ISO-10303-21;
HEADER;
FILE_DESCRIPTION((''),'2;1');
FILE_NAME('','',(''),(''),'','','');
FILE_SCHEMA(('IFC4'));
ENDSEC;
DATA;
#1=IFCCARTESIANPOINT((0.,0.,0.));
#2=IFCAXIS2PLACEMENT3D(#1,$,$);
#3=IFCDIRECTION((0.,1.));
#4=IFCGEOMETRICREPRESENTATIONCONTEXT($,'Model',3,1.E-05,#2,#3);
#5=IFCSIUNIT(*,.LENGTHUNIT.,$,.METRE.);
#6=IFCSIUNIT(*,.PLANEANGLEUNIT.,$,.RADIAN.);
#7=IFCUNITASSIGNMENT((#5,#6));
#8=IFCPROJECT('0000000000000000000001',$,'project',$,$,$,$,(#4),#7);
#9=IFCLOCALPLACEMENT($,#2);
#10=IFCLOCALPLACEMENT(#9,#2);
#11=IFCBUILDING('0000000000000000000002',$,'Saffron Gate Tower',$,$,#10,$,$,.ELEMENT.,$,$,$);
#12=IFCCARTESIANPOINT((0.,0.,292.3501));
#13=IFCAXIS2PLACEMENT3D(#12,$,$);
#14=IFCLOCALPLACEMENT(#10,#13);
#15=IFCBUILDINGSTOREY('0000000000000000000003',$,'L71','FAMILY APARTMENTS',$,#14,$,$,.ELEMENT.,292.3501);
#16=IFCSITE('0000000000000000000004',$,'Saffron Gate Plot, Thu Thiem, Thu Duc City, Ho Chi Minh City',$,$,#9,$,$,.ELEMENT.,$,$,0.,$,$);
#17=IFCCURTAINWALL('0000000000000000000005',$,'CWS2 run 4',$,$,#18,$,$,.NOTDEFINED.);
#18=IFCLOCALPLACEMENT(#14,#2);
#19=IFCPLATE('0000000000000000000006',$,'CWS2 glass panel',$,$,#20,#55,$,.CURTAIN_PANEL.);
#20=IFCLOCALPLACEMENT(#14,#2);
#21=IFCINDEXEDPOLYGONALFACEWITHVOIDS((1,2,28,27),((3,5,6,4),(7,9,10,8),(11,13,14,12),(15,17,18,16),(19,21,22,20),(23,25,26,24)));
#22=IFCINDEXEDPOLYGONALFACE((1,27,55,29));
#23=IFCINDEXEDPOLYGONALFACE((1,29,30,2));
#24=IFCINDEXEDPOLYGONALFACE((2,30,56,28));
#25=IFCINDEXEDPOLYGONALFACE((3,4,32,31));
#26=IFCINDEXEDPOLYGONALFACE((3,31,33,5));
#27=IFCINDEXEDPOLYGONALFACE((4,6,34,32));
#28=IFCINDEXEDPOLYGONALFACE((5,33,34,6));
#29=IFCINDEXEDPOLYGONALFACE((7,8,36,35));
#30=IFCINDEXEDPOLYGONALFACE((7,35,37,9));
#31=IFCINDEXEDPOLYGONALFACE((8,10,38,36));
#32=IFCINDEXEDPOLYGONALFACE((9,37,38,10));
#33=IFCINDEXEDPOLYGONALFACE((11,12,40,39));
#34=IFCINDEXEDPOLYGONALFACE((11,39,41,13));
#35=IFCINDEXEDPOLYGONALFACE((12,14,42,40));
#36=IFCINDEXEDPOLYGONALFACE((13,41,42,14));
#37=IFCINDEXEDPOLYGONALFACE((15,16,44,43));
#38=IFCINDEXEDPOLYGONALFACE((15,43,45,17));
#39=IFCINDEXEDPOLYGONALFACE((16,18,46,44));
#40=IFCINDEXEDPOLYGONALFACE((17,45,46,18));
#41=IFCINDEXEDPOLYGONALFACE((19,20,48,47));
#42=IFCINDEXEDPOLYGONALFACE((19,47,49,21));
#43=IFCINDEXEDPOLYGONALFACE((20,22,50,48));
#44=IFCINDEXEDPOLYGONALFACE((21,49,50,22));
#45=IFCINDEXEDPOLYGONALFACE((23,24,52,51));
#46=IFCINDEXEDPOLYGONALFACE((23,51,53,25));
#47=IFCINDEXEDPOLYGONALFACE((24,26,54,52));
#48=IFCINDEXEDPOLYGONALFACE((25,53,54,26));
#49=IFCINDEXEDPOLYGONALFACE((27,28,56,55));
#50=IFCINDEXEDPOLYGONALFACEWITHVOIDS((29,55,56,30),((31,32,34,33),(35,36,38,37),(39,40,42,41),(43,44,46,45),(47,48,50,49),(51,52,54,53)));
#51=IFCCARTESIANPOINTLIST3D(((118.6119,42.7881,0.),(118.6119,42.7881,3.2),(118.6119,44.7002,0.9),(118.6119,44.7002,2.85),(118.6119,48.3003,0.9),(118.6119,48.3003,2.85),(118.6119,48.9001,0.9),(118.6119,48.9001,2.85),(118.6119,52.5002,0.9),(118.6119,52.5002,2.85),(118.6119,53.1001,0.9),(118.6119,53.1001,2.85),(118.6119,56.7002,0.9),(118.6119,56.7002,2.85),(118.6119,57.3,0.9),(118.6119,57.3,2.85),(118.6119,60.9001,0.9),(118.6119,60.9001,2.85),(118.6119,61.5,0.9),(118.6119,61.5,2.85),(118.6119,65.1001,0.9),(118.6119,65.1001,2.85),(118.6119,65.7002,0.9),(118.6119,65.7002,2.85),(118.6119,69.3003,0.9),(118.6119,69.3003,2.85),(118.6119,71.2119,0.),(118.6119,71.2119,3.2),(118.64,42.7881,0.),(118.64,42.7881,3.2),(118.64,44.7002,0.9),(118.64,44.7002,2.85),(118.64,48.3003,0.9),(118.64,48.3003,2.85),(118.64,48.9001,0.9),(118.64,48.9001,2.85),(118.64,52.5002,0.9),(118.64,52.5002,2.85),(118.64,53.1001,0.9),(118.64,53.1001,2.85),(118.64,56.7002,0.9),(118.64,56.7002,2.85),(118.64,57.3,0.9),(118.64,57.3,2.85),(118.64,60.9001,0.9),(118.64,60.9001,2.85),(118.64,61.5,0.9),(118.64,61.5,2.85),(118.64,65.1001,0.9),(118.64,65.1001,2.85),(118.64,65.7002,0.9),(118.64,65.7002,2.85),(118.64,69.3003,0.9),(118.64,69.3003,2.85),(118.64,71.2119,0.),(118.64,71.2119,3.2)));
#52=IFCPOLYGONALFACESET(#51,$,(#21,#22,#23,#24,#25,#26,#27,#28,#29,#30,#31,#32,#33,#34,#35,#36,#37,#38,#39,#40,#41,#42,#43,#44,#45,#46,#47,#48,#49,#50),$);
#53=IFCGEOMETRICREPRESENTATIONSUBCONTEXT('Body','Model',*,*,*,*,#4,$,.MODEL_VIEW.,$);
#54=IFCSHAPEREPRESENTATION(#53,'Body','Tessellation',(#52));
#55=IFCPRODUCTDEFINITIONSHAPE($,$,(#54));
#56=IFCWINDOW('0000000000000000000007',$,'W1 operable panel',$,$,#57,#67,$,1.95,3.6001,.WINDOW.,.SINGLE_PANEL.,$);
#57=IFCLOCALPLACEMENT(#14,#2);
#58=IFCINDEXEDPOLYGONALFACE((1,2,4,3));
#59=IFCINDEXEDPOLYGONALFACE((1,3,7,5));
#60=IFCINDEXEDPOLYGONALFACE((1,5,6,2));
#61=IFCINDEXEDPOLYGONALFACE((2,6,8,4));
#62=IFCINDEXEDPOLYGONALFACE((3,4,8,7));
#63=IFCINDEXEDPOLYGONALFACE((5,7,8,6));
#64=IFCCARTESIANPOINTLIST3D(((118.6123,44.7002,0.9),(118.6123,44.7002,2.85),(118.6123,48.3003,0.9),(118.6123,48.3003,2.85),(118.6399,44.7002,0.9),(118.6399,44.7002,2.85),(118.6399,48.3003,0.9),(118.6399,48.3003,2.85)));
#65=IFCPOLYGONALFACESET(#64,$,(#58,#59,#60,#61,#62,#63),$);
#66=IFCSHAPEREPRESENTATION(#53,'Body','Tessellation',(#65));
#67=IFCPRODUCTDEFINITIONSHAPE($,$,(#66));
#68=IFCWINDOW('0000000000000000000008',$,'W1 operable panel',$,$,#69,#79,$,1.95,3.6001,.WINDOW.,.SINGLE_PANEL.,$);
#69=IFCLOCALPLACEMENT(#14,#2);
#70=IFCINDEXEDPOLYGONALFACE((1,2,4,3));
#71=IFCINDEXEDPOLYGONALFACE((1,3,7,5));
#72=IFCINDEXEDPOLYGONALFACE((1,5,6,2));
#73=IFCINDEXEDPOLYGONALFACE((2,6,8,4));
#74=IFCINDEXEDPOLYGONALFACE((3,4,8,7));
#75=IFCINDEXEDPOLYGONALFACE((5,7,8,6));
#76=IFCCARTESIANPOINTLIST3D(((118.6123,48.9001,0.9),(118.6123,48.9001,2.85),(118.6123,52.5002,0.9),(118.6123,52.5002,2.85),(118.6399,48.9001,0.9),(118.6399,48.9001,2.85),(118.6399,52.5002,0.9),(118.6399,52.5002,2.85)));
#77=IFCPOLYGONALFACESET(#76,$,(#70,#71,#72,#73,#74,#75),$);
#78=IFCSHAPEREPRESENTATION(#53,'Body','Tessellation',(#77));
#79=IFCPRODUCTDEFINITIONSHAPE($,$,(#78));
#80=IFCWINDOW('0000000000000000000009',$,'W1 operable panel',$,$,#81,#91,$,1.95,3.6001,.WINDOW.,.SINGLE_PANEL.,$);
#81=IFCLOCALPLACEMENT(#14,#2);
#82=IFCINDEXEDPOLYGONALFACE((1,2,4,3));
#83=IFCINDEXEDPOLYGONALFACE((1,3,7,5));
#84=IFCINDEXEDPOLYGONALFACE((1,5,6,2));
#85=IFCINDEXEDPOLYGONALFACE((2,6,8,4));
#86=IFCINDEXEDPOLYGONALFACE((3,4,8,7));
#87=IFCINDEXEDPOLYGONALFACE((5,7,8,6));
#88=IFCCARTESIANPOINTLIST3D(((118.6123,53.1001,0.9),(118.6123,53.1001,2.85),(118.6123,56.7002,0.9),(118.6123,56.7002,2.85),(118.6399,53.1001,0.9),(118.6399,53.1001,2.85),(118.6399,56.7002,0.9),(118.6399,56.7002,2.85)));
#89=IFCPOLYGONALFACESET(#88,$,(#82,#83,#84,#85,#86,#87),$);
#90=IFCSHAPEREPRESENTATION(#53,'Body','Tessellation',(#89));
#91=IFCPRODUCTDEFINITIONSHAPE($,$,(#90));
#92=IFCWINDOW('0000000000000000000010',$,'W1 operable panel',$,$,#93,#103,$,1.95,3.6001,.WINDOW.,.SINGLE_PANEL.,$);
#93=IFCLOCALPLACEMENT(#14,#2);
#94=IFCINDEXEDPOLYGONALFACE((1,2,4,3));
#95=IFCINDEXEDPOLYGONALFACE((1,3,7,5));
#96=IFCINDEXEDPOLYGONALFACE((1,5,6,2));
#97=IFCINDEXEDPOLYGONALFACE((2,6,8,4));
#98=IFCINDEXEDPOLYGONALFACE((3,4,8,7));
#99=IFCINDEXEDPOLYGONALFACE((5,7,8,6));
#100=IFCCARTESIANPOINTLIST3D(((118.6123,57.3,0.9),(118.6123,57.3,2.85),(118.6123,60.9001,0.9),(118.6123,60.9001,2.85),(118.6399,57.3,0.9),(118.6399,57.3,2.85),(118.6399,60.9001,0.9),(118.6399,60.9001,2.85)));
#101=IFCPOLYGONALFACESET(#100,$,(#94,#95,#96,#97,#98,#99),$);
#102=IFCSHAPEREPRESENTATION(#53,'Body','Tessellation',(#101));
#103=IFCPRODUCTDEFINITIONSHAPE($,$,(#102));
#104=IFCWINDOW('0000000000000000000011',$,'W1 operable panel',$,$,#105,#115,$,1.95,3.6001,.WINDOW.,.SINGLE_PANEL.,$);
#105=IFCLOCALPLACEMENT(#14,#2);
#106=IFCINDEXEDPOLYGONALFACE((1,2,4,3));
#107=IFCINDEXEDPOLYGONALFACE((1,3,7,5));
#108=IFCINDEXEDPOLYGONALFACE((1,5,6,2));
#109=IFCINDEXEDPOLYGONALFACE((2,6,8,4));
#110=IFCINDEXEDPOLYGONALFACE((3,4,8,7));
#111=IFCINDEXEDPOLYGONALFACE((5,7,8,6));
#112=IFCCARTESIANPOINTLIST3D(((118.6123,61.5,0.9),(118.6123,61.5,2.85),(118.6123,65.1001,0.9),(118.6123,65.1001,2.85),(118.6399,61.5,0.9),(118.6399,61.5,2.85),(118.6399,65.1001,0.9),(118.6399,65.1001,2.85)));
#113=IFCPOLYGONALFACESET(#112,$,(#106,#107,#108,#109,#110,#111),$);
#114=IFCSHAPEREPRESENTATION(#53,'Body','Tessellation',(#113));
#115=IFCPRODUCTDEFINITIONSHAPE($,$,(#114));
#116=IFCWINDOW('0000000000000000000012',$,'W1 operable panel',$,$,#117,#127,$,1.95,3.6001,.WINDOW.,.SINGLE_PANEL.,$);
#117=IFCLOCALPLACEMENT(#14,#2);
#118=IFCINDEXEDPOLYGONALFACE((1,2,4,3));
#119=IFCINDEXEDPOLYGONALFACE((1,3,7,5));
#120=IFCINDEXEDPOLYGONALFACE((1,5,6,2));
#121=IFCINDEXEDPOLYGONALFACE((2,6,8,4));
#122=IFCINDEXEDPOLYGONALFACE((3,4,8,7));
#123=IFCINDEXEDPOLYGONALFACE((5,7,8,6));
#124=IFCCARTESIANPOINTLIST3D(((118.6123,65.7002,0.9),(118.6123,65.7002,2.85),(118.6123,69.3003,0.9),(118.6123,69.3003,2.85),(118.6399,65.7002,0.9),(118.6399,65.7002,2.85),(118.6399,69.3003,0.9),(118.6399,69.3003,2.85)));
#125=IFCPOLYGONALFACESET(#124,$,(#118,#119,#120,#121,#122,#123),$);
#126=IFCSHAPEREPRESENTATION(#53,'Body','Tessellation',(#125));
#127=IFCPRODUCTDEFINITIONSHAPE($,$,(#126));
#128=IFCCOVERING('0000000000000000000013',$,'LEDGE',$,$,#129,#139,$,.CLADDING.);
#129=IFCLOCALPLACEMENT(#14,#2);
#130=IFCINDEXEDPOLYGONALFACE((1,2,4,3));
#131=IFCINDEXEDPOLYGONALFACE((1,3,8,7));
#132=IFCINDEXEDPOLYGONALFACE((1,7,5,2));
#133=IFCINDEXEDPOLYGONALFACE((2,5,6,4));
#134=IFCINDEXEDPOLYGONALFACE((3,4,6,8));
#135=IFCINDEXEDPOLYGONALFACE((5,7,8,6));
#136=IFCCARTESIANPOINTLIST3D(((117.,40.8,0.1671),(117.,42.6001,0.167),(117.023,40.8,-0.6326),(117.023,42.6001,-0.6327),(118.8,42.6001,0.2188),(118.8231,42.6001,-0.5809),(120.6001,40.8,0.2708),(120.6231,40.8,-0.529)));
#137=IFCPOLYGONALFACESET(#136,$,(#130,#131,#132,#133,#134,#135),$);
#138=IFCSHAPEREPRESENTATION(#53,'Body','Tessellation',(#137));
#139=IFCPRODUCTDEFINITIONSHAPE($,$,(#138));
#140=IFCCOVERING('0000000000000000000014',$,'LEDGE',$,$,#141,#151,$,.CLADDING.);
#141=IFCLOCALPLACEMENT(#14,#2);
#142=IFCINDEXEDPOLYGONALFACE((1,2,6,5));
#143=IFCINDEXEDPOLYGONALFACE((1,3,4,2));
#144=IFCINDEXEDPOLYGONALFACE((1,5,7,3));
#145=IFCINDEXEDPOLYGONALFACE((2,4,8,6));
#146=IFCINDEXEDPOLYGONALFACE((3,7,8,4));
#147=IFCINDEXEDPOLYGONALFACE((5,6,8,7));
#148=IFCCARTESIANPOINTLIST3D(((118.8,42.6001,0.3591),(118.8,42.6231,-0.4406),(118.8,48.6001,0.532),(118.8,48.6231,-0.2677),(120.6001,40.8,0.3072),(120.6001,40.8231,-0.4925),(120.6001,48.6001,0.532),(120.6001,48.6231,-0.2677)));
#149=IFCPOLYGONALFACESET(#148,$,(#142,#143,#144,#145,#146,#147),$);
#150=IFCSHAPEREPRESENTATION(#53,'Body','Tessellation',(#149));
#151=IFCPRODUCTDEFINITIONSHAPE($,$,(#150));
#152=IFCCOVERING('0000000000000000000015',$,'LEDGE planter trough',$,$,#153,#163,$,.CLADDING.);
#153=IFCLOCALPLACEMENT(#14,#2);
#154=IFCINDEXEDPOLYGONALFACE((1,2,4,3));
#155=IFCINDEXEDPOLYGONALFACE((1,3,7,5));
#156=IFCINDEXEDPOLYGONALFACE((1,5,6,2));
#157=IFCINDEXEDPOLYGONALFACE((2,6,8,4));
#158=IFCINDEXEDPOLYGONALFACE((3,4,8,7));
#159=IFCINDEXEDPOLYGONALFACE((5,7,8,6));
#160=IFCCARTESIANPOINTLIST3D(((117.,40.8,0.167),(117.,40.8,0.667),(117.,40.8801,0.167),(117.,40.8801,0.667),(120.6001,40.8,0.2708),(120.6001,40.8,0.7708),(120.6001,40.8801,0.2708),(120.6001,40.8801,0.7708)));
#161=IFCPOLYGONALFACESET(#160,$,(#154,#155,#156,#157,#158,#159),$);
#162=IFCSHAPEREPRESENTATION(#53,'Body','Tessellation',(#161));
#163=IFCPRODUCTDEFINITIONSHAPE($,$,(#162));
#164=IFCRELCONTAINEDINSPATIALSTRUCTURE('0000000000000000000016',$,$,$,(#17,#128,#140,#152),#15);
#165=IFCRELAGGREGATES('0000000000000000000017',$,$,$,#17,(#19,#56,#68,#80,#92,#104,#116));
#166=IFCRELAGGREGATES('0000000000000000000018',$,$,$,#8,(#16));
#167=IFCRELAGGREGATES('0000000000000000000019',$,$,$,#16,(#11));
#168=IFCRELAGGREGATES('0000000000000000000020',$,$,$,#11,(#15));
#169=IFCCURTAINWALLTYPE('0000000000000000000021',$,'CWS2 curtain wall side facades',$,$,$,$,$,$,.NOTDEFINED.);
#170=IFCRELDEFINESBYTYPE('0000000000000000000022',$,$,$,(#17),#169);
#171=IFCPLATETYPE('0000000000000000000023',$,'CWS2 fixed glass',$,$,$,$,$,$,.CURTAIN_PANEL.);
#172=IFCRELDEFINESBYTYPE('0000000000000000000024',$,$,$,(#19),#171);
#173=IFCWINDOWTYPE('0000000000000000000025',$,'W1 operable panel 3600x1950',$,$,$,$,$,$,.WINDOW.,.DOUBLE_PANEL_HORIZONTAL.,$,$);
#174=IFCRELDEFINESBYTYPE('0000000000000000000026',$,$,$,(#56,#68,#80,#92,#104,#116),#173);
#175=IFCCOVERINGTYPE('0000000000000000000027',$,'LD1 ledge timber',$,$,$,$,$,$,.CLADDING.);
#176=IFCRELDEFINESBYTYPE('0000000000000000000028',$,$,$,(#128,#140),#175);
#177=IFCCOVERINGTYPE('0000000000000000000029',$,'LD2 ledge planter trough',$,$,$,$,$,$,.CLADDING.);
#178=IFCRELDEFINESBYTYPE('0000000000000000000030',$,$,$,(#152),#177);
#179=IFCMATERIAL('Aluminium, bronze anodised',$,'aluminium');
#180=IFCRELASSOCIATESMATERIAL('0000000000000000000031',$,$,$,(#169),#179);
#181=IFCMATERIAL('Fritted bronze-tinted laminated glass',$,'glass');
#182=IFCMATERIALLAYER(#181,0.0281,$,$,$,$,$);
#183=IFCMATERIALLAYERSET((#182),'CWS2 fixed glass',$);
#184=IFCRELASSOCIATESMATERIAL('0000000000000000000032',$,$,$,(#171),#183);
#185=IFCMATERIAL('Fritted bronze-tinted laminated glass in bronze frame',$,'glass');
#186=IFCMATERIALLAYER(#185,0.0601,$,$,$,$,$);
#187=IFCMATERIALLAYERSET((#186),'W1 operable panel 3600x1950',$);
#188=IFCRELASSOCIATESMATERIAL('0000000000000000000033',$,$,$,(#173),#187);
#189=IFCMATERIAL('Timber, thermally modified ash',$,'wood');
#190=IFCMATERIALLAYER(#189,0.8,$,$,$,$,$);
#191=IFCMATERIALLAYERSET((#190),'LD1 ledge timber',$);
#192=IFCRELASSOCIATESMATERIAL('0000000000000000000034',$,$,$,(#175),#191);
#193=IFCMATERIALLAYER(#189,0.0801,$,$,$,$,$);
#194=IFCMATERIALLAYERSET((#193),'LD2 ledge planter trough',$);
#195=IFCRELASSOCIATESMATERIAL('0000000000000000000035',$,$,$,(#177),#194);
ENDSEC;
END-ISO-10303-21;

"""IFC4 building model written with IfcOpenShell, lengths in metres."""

from ifc_helpers import new_model, si_unit, direction, frame, frame_2d, origin, place, context, subcontext, project, spatial, polyline, rectangle, outline, extrude, material, layer, layer_set, type_object, element, fill, aggregate, save


model = new_model("IFC4")

# Units and contexts
model_context = context("Model", 3, precision=1e-05, world=origin(), true_north=direction((0.0, 1.0)))
body_context = subcontext(model_context, "Body", "Model", "MODEL_VIEW")
ifc_project = project(units=[si_unit("LENGTHUNIT", "METRE"), si_unit("PLANEANGLEUNIT", "RADIAN")], contexts=[model_context])

# Site, building, storey
site_placement = place(None, origin())
site = spatial("IfcSite", under=ifc_project, at=site_placement, Name="Saffron Gate Plot, Thu Thiem, Thu Duc City, Ho Chi Minh City", CompositionType="ELEMENT", RefElevation=0.0)
building_placement = place(site_placement, origin())
building = spatial("IfcBuilding", under=site, at=building_placement, Name="Saffron Gate Tower", CompositionType="ELEMENT")
storey_placement = place(building_placement, frame((0.0, 0.0, 292.3501)))
storey = spatial("IfcBuildingStorey", under=building, at=storey_placement, Name="L71", Description="FAMILY APARTMENTS", CompositionType="ELEMENT", Elevation=292.3501)

# Curtain wall
ifc_material_1 = material(Name="Aluminium, bronze anodised", Category="aluminium")
curtain_wall_type_1 = type_object("IfcCurtainWallType", Name="CWS2 curtain wall side facades", PredefinedType="NOTDEFINED", material=ifc_material_1)
curtain_wall_1_placement = place(storey_placement, origin())
curtain_wall_1 = element("IfcCurtainWall", 1, at=curtain_wall_1_placement, inside=storey, type_object=curtain_wall_type_1, Name="CWS2 run 4", PredefinedType="NOTDEFINED")

# Plate, openings, windows
ifc_material_2 = material(Name="Fritted bronze-tinted laminated glass", Category="glass")
ifc_layer_1 = layer(ifc_material_2, 0.0281)
ifc_layer_set_1 = layer_set([ifc_layer_1], Name="CWS2 fixed glass")
plate_type = type_object("IfcPlateType", Name="CWS2 fixed glass", PredefinedType="CURTAIN_PANEL", material=ifc_layer_set_1)
plate_placement = place(storey_placement, frame((118.626, 42.7881, 0.0), z_axis=(0.0, 0.0, 1.0), x_axis=(0.0, 1.0, 0.0)))
plate = element("IfcPlate", 2, at=plate_placement, type_object=plate_type, Name="CWS2 glass panel", PredefinedType="CURTAIN_PANEL", context=body_context, shape_type="SweptSolid", body=[
    extrude(rectangle(XDim=28.4238, YDim=0.0281, at=frame_2d((14.2119, 0.0))), origin(), (0.0, 0.0, 1.0), 3.2),
])
opening_1_placement = place(plate_placement, frame((1.9121, 0.0, 0.8999)))
opening_1 = element("IfcOpeningElement", 3, at=opening_1_placement, cuts=plate, PredefinedType="OPENING", context=body_context, shape_type="SweptSolid", body=[
    extrude(rectangle(XDim=3.6001, YDim=1.95, at=frame_2d((1.8, 0.9751))), frame((0.0, 0.0239, 0.0), z_axis=(0.0, -1.0, 0.0), x_axis=(1.0, 0.0, 0.0)), (0.0, 0.0, 1.0), 0.0481),
])
opening_2_placement = place(plate_placement, frame((6.1121, 0.0, 0.8999)))
opening_2 = element("IfcOpeningElement", 4, at=opening_2_placement, cuts=plate, PredefinedType="OPENING", context=body_context, shape_type="SweptSolid", body=[
    extrude(rectangle(XDim=3.6001, YDim=1.95, at=frame_2d((1.8, 0.9751))), frame((0.0, 0.0239, 0.0), z_axis=(0.0, -1.0, 0.0), x_axis=(1.0, 0.0, 0.0)), (0.0, 0.0, 1.0), 0.0481),
])
opening_3_placement = place(plate_placement, frame((10.312, 0.0, 0.8999)))
opening_3 = element("IfcOpeningElement", 5, at=opening_3_placement, cuts=plate, PredefinedType="OPENING", context=body_context, shape_type="SweptSolid", body=[
    extrude(rectangle(XDim=3.6001, YDim=1.95, at=frame_2d((1.8, 0.9751))), frame((0.0, 0.0239, 0.0), z_axis=(0.0, -1.0, 0.0), x_axis=(1.0, 0.0, 0.0)), (0.0, 0.0, 1.0), 0.0481),
])
opening_4_placement = place(plate_placement, frame((14.512, 0.0, 0.8999)))
opening_4 = element("IfcOpeningElement", 6, at=opening_4_placement, cuts=plate, PredefinedType="OPENING", context=body_context, shape_type="SweptSolid", body=[
    extrude(rectangle(XDim=3.6001, YDim=1.95, at=frame_2d((1.8, 0.9751))), frame((0.0, 0.0239, 0.0), z_axis=(0.0, -1.0, 0.0), x_axis=(1.0, 0.0, 0.0)), (0.0, 0.0, 1.0), 0.0481),
])
opening_5_placement = place(plate_placement, frame((18.7119, 0.0, 0.8999)))
opening_5 = element("IfcOpeningElement", 7, at=opening_5_placement, cuts=plate, PredefinedType="OPENING", context=body_context, shape_type="SweptSolid", body=[
    extrude(rectangle(XDim=3.6001, YDim=1.95, at=frame_2d((1.8, 0.9751))), frame((0.0, 0.0239, 0.0), z_axis=(0.0, -1.0, 0.0), x_axis=(1.0, 0.0, 0.0)), (0.0, 0.0, 1.0), 0.0481),
])
opening_6_placement = place(plate_placement, frame((22.9121, 0.0, 0.8999)))
opening_6 = element("IfcOpeningElement", 8, at=opening_6_placement, cuts=plate, PredefinedType="OPENING", context=body_context, shape_type="SweptSolid", body=[
    extrude(rectangle(XDim=3.6001, YDim=1.95, at=frame_2d((1.8, 0.9751))), frame((0.0, 0.0239, 0.0), z_axis=(0.0, -1.0, 0.0), x_axis=(1.0, 0.0, 0.0)), (0.0, 0.0, 1.0), 0.0481),
])
ifc_material_3 = material(Name="Fritted bronze-tinted laminated glass in bronze frame", Category="glass")
ifc_layer_2 = layer(ifc_material_3, 0.0601)
ifc_layer_set_2 = layer_set([ifc_layer_2], Name="W1 operable panel 3600x1950")
window_type = type_object("IfcWindowType", Name="W1 operable panel 3600x1950", PartitioningType="DOUBLE_PANEL_HORIZONTAL", PredefinedType="WINDOW", material=ifc_layer_set_2)
window_1_placement = place(opening_1_placement, origin())
window_1 = element("IfcWindow", 9, at=window_1_placement, type_object=window_type, Name="W1 operable panel", OverallHeight=1.95, OverallWidth=3.6001, PartitioningType="SINGLE_PANEL", PredefinedType="WINDOW", context=body_context, shape_type="SweptSolid", body=[
    extrude(rectangle(XDim=3.6001, YDim=1.95, at=frame_2d((1.8, 0.9751))), frame((0.0, 0.0137, 0.0), z_axis=(0.0, -1.0, 0.0), x_axis=(1.0, 0.0, 0.0)), (0.0, 0.0, 1.0), 0.0276),
])
fill(opening_1, window_1)
window_2_placement = place(opening_2_placement, origin())
window_2 = element("IfcWindow", 10, at=window_2_placement, type_object=window_type, Name="W1 operable panel", OverallHeight=1.95, OverallWidth=3.6001, PartitioningType="SINGLE_PANEL", PredefinedType="WINDOW", context=body_context, shape_type="SweptSolid", body=[
    extrude(rectangle(XDim=3.6001, YDim=1.95, at=frame_2d((1.8, 0.9751))), frame((0.0, 0.0137, 0.0), z_axis=(0.0, -1.0, 0.0), x_axis=(1.0, 0.0, 0.0)), (0.0, 0.0, 1.0), 0.0276),
])
fill(opening_2, window_2)
window_3_placement = place(opening_3_placement, origin())
window_3 = element("IfcWindow", 11, at=window_3_placement, type_object=window_type, Name="W1 operable panel", OverallHeight=1.95, OverallWidth=3.6001, PartitioningType="SINGLE_PANEL", PredefinedType="WINDOW", context=body_context, shape_type="SweptSolid", body=[
    extrude(rectangle(XDim=3.6001, YDim=1.95, at=frame_2d((1.8, 0.9751))), frame((0.0, 0.0137, 0.0), z_axis=(0.0, -1.0, 0.0), x_axis=(1.0, 0.0, 0.0)), (0.0, 0.0, 1.0), 0.0276),
])
fill(opening_3, window_3)
window_4_placement = place(opening_4_placement, origin())
window_4 = element("IfcWindow", 12, at=window_4_placement, type_object=window_type, Name="W1 operable panel", OverallHeight=1.95, OverallWidth=3.6001, PartitioningType="SINGLE_PANEL", PredefinedType="WINDOW", context=body_context, shape_type="SweptSolid", body=[
    extrude(rectangle(XDim=3.6001, YDim=1.95, at=frame_2d((1.8, 0.9751))), frame((0.0, 0.0137, 0.0), z_axis=(0.0, -1.0, 0.0), x_axis=(1.0, 0.0, 0.0)), (0.0, 0.0, 1.0), 0.0276),
])
fill(opening_4, window_4)
window_5_placement = place(opening_5_placement, origin())
window_5 = element("IfcWindow", 13, at=window_5_placement, type_object=window_type, Name="W1 operable panel", OverallHeight=1.95, OverallWidth=3.6001, PartitioningType="SINGLE_PANEL", PredefinedType="WINDOW", context=body_context, shape_type="SweptSolid", body=[
    extrude(rectangle(XDim=3.6001, YDim=1.95, at=frame_2d((1.8, 0.9751))), frame((0.0, 0.0137, 0.0), z_axis=(0.0, -1.0, 0.0), x_axis=(1.0, 0.0, 0.0)), (0.0, 0.0, 1.0), 0.0276),
])
fill(opening_5, window_5)
window_6_placement = place(opening_6_placement, origin())
window_6 = element("IfcWindow", 14, at=window_6_placement, type_object=window_type, Name="W1 operable panel", OverallHeight=1.95, OverallWidth=3.6001, PartitioningType="SINGLE_PANEL", PredefinedType="WINDOW", context=body_context, shape_type="SweptSolid", body=[
    extrude(rectangle(XDim=3.6001, YDim=1.95, at=frame_2d((1.8, 0.9751))), frame((0.0, 0.0137, 0.0), z_axis=(0.0, -1.0, 0.0), x_axis=(1.0, 0.0, 0.0)), (0.0, 0.0, 1.0), 0.0276),
])
fill(opening_6, window_6)
aggregate(curtain_wall_1, [plate, window_1, window_2, window_3, window_4, window_5, window_6])

# Coverings
ifc_material_4 = material(Name="Timber, thermally modified ash", Category="wood")
ifc_layer_3 = layer(ifc_material_4, 0.8)
ifc_layer_set_3 = layer_set([ifc_layer_3], Name="LD1 ledge timber")
covering_type_1 = type_object("IfcCoveringType", Name="LD1 ledge timber", PredefinedType="CLADDING", material=ifc_layer_set_3)
covering_1_placement = place(storey_placement, frame((117.0, 42.6001, 0.167), z_axis=(-0.028787, 0.000045, 0.999586), x_axis=(0.999586, 0.0, 0.028787)))
element("IfcCovering", 15, at=covering_1_placement, inside=storey, type_object=covering_type_1, Name="LEDGE", PredefinedType="CLADDING", context=body_context, shape_type="SweptSolid", body=[
    extrude(outline(polyline([(0.0, 0.0), (1.8008, 0.0), (3.6016, -1.8), (0.0, -1.8), (0.0, 0.0)])), origin(), (0.0, 0.0, -1.0), 0.8),
])
covering_2_placement = place(storey_placement, frame((118.8, 42.6001, 0.3591), z_axis=(0.000035, -0.028807, 0.999585), x_axis=(0.0, 0.999585, 0.028807)))
element("IfcCovering", 16, at=covering_2_placement, inside=storey, type_object=covering_type_1, Name="LEDGE", PredefinedType="CLADDING", context=body_context, shape_type="SweptSolid", body=[
    extrude(outline(polyline([(0.0, 0.0), (6.0025, 0.0), (6.0025, -1.8), (-1.8008, -1.8), (0.0, 0.0)])), origin(), (0.0, 0.0, -1.0), 0.8),
])
ifc_layer_4 = layer(ifc_material_4, 0.0801)
ifc_layer_set_4 = layer_set([ifc_layer_4], Name="LD2 ledge planter trough")
covering_type_2 = type_object("IfcCoveringType", Name="LD2 ledge planter trough", PredefinedType="CLADDING", material=ifc_layer_set_4)
covering_3_placement = place(storey_placement, frame((117.0, 40.8, 0.167), z_axis=(0.0, -1.0, 0.0), x_axis=(0.999585, 0.0, 0.028809)))
element("IfcCovering", 17, at=covering_3_placement, inside=storey, type_object=covering_type_2, Name="LEDGE planter trough", PredefinedType="CLADDING", context=body_context, shape_type="SweptSolid", body=[
    extrude(outline(polyline([(0.0, 0.0), (3.6016, 0.0), (3.616, 0.4998), (0.0144, 0.4998), (0.0, 0.0)])), origin(), (0.0, 0.0, -1.0), 0.0801),
])

save(model, "model.ifc")
